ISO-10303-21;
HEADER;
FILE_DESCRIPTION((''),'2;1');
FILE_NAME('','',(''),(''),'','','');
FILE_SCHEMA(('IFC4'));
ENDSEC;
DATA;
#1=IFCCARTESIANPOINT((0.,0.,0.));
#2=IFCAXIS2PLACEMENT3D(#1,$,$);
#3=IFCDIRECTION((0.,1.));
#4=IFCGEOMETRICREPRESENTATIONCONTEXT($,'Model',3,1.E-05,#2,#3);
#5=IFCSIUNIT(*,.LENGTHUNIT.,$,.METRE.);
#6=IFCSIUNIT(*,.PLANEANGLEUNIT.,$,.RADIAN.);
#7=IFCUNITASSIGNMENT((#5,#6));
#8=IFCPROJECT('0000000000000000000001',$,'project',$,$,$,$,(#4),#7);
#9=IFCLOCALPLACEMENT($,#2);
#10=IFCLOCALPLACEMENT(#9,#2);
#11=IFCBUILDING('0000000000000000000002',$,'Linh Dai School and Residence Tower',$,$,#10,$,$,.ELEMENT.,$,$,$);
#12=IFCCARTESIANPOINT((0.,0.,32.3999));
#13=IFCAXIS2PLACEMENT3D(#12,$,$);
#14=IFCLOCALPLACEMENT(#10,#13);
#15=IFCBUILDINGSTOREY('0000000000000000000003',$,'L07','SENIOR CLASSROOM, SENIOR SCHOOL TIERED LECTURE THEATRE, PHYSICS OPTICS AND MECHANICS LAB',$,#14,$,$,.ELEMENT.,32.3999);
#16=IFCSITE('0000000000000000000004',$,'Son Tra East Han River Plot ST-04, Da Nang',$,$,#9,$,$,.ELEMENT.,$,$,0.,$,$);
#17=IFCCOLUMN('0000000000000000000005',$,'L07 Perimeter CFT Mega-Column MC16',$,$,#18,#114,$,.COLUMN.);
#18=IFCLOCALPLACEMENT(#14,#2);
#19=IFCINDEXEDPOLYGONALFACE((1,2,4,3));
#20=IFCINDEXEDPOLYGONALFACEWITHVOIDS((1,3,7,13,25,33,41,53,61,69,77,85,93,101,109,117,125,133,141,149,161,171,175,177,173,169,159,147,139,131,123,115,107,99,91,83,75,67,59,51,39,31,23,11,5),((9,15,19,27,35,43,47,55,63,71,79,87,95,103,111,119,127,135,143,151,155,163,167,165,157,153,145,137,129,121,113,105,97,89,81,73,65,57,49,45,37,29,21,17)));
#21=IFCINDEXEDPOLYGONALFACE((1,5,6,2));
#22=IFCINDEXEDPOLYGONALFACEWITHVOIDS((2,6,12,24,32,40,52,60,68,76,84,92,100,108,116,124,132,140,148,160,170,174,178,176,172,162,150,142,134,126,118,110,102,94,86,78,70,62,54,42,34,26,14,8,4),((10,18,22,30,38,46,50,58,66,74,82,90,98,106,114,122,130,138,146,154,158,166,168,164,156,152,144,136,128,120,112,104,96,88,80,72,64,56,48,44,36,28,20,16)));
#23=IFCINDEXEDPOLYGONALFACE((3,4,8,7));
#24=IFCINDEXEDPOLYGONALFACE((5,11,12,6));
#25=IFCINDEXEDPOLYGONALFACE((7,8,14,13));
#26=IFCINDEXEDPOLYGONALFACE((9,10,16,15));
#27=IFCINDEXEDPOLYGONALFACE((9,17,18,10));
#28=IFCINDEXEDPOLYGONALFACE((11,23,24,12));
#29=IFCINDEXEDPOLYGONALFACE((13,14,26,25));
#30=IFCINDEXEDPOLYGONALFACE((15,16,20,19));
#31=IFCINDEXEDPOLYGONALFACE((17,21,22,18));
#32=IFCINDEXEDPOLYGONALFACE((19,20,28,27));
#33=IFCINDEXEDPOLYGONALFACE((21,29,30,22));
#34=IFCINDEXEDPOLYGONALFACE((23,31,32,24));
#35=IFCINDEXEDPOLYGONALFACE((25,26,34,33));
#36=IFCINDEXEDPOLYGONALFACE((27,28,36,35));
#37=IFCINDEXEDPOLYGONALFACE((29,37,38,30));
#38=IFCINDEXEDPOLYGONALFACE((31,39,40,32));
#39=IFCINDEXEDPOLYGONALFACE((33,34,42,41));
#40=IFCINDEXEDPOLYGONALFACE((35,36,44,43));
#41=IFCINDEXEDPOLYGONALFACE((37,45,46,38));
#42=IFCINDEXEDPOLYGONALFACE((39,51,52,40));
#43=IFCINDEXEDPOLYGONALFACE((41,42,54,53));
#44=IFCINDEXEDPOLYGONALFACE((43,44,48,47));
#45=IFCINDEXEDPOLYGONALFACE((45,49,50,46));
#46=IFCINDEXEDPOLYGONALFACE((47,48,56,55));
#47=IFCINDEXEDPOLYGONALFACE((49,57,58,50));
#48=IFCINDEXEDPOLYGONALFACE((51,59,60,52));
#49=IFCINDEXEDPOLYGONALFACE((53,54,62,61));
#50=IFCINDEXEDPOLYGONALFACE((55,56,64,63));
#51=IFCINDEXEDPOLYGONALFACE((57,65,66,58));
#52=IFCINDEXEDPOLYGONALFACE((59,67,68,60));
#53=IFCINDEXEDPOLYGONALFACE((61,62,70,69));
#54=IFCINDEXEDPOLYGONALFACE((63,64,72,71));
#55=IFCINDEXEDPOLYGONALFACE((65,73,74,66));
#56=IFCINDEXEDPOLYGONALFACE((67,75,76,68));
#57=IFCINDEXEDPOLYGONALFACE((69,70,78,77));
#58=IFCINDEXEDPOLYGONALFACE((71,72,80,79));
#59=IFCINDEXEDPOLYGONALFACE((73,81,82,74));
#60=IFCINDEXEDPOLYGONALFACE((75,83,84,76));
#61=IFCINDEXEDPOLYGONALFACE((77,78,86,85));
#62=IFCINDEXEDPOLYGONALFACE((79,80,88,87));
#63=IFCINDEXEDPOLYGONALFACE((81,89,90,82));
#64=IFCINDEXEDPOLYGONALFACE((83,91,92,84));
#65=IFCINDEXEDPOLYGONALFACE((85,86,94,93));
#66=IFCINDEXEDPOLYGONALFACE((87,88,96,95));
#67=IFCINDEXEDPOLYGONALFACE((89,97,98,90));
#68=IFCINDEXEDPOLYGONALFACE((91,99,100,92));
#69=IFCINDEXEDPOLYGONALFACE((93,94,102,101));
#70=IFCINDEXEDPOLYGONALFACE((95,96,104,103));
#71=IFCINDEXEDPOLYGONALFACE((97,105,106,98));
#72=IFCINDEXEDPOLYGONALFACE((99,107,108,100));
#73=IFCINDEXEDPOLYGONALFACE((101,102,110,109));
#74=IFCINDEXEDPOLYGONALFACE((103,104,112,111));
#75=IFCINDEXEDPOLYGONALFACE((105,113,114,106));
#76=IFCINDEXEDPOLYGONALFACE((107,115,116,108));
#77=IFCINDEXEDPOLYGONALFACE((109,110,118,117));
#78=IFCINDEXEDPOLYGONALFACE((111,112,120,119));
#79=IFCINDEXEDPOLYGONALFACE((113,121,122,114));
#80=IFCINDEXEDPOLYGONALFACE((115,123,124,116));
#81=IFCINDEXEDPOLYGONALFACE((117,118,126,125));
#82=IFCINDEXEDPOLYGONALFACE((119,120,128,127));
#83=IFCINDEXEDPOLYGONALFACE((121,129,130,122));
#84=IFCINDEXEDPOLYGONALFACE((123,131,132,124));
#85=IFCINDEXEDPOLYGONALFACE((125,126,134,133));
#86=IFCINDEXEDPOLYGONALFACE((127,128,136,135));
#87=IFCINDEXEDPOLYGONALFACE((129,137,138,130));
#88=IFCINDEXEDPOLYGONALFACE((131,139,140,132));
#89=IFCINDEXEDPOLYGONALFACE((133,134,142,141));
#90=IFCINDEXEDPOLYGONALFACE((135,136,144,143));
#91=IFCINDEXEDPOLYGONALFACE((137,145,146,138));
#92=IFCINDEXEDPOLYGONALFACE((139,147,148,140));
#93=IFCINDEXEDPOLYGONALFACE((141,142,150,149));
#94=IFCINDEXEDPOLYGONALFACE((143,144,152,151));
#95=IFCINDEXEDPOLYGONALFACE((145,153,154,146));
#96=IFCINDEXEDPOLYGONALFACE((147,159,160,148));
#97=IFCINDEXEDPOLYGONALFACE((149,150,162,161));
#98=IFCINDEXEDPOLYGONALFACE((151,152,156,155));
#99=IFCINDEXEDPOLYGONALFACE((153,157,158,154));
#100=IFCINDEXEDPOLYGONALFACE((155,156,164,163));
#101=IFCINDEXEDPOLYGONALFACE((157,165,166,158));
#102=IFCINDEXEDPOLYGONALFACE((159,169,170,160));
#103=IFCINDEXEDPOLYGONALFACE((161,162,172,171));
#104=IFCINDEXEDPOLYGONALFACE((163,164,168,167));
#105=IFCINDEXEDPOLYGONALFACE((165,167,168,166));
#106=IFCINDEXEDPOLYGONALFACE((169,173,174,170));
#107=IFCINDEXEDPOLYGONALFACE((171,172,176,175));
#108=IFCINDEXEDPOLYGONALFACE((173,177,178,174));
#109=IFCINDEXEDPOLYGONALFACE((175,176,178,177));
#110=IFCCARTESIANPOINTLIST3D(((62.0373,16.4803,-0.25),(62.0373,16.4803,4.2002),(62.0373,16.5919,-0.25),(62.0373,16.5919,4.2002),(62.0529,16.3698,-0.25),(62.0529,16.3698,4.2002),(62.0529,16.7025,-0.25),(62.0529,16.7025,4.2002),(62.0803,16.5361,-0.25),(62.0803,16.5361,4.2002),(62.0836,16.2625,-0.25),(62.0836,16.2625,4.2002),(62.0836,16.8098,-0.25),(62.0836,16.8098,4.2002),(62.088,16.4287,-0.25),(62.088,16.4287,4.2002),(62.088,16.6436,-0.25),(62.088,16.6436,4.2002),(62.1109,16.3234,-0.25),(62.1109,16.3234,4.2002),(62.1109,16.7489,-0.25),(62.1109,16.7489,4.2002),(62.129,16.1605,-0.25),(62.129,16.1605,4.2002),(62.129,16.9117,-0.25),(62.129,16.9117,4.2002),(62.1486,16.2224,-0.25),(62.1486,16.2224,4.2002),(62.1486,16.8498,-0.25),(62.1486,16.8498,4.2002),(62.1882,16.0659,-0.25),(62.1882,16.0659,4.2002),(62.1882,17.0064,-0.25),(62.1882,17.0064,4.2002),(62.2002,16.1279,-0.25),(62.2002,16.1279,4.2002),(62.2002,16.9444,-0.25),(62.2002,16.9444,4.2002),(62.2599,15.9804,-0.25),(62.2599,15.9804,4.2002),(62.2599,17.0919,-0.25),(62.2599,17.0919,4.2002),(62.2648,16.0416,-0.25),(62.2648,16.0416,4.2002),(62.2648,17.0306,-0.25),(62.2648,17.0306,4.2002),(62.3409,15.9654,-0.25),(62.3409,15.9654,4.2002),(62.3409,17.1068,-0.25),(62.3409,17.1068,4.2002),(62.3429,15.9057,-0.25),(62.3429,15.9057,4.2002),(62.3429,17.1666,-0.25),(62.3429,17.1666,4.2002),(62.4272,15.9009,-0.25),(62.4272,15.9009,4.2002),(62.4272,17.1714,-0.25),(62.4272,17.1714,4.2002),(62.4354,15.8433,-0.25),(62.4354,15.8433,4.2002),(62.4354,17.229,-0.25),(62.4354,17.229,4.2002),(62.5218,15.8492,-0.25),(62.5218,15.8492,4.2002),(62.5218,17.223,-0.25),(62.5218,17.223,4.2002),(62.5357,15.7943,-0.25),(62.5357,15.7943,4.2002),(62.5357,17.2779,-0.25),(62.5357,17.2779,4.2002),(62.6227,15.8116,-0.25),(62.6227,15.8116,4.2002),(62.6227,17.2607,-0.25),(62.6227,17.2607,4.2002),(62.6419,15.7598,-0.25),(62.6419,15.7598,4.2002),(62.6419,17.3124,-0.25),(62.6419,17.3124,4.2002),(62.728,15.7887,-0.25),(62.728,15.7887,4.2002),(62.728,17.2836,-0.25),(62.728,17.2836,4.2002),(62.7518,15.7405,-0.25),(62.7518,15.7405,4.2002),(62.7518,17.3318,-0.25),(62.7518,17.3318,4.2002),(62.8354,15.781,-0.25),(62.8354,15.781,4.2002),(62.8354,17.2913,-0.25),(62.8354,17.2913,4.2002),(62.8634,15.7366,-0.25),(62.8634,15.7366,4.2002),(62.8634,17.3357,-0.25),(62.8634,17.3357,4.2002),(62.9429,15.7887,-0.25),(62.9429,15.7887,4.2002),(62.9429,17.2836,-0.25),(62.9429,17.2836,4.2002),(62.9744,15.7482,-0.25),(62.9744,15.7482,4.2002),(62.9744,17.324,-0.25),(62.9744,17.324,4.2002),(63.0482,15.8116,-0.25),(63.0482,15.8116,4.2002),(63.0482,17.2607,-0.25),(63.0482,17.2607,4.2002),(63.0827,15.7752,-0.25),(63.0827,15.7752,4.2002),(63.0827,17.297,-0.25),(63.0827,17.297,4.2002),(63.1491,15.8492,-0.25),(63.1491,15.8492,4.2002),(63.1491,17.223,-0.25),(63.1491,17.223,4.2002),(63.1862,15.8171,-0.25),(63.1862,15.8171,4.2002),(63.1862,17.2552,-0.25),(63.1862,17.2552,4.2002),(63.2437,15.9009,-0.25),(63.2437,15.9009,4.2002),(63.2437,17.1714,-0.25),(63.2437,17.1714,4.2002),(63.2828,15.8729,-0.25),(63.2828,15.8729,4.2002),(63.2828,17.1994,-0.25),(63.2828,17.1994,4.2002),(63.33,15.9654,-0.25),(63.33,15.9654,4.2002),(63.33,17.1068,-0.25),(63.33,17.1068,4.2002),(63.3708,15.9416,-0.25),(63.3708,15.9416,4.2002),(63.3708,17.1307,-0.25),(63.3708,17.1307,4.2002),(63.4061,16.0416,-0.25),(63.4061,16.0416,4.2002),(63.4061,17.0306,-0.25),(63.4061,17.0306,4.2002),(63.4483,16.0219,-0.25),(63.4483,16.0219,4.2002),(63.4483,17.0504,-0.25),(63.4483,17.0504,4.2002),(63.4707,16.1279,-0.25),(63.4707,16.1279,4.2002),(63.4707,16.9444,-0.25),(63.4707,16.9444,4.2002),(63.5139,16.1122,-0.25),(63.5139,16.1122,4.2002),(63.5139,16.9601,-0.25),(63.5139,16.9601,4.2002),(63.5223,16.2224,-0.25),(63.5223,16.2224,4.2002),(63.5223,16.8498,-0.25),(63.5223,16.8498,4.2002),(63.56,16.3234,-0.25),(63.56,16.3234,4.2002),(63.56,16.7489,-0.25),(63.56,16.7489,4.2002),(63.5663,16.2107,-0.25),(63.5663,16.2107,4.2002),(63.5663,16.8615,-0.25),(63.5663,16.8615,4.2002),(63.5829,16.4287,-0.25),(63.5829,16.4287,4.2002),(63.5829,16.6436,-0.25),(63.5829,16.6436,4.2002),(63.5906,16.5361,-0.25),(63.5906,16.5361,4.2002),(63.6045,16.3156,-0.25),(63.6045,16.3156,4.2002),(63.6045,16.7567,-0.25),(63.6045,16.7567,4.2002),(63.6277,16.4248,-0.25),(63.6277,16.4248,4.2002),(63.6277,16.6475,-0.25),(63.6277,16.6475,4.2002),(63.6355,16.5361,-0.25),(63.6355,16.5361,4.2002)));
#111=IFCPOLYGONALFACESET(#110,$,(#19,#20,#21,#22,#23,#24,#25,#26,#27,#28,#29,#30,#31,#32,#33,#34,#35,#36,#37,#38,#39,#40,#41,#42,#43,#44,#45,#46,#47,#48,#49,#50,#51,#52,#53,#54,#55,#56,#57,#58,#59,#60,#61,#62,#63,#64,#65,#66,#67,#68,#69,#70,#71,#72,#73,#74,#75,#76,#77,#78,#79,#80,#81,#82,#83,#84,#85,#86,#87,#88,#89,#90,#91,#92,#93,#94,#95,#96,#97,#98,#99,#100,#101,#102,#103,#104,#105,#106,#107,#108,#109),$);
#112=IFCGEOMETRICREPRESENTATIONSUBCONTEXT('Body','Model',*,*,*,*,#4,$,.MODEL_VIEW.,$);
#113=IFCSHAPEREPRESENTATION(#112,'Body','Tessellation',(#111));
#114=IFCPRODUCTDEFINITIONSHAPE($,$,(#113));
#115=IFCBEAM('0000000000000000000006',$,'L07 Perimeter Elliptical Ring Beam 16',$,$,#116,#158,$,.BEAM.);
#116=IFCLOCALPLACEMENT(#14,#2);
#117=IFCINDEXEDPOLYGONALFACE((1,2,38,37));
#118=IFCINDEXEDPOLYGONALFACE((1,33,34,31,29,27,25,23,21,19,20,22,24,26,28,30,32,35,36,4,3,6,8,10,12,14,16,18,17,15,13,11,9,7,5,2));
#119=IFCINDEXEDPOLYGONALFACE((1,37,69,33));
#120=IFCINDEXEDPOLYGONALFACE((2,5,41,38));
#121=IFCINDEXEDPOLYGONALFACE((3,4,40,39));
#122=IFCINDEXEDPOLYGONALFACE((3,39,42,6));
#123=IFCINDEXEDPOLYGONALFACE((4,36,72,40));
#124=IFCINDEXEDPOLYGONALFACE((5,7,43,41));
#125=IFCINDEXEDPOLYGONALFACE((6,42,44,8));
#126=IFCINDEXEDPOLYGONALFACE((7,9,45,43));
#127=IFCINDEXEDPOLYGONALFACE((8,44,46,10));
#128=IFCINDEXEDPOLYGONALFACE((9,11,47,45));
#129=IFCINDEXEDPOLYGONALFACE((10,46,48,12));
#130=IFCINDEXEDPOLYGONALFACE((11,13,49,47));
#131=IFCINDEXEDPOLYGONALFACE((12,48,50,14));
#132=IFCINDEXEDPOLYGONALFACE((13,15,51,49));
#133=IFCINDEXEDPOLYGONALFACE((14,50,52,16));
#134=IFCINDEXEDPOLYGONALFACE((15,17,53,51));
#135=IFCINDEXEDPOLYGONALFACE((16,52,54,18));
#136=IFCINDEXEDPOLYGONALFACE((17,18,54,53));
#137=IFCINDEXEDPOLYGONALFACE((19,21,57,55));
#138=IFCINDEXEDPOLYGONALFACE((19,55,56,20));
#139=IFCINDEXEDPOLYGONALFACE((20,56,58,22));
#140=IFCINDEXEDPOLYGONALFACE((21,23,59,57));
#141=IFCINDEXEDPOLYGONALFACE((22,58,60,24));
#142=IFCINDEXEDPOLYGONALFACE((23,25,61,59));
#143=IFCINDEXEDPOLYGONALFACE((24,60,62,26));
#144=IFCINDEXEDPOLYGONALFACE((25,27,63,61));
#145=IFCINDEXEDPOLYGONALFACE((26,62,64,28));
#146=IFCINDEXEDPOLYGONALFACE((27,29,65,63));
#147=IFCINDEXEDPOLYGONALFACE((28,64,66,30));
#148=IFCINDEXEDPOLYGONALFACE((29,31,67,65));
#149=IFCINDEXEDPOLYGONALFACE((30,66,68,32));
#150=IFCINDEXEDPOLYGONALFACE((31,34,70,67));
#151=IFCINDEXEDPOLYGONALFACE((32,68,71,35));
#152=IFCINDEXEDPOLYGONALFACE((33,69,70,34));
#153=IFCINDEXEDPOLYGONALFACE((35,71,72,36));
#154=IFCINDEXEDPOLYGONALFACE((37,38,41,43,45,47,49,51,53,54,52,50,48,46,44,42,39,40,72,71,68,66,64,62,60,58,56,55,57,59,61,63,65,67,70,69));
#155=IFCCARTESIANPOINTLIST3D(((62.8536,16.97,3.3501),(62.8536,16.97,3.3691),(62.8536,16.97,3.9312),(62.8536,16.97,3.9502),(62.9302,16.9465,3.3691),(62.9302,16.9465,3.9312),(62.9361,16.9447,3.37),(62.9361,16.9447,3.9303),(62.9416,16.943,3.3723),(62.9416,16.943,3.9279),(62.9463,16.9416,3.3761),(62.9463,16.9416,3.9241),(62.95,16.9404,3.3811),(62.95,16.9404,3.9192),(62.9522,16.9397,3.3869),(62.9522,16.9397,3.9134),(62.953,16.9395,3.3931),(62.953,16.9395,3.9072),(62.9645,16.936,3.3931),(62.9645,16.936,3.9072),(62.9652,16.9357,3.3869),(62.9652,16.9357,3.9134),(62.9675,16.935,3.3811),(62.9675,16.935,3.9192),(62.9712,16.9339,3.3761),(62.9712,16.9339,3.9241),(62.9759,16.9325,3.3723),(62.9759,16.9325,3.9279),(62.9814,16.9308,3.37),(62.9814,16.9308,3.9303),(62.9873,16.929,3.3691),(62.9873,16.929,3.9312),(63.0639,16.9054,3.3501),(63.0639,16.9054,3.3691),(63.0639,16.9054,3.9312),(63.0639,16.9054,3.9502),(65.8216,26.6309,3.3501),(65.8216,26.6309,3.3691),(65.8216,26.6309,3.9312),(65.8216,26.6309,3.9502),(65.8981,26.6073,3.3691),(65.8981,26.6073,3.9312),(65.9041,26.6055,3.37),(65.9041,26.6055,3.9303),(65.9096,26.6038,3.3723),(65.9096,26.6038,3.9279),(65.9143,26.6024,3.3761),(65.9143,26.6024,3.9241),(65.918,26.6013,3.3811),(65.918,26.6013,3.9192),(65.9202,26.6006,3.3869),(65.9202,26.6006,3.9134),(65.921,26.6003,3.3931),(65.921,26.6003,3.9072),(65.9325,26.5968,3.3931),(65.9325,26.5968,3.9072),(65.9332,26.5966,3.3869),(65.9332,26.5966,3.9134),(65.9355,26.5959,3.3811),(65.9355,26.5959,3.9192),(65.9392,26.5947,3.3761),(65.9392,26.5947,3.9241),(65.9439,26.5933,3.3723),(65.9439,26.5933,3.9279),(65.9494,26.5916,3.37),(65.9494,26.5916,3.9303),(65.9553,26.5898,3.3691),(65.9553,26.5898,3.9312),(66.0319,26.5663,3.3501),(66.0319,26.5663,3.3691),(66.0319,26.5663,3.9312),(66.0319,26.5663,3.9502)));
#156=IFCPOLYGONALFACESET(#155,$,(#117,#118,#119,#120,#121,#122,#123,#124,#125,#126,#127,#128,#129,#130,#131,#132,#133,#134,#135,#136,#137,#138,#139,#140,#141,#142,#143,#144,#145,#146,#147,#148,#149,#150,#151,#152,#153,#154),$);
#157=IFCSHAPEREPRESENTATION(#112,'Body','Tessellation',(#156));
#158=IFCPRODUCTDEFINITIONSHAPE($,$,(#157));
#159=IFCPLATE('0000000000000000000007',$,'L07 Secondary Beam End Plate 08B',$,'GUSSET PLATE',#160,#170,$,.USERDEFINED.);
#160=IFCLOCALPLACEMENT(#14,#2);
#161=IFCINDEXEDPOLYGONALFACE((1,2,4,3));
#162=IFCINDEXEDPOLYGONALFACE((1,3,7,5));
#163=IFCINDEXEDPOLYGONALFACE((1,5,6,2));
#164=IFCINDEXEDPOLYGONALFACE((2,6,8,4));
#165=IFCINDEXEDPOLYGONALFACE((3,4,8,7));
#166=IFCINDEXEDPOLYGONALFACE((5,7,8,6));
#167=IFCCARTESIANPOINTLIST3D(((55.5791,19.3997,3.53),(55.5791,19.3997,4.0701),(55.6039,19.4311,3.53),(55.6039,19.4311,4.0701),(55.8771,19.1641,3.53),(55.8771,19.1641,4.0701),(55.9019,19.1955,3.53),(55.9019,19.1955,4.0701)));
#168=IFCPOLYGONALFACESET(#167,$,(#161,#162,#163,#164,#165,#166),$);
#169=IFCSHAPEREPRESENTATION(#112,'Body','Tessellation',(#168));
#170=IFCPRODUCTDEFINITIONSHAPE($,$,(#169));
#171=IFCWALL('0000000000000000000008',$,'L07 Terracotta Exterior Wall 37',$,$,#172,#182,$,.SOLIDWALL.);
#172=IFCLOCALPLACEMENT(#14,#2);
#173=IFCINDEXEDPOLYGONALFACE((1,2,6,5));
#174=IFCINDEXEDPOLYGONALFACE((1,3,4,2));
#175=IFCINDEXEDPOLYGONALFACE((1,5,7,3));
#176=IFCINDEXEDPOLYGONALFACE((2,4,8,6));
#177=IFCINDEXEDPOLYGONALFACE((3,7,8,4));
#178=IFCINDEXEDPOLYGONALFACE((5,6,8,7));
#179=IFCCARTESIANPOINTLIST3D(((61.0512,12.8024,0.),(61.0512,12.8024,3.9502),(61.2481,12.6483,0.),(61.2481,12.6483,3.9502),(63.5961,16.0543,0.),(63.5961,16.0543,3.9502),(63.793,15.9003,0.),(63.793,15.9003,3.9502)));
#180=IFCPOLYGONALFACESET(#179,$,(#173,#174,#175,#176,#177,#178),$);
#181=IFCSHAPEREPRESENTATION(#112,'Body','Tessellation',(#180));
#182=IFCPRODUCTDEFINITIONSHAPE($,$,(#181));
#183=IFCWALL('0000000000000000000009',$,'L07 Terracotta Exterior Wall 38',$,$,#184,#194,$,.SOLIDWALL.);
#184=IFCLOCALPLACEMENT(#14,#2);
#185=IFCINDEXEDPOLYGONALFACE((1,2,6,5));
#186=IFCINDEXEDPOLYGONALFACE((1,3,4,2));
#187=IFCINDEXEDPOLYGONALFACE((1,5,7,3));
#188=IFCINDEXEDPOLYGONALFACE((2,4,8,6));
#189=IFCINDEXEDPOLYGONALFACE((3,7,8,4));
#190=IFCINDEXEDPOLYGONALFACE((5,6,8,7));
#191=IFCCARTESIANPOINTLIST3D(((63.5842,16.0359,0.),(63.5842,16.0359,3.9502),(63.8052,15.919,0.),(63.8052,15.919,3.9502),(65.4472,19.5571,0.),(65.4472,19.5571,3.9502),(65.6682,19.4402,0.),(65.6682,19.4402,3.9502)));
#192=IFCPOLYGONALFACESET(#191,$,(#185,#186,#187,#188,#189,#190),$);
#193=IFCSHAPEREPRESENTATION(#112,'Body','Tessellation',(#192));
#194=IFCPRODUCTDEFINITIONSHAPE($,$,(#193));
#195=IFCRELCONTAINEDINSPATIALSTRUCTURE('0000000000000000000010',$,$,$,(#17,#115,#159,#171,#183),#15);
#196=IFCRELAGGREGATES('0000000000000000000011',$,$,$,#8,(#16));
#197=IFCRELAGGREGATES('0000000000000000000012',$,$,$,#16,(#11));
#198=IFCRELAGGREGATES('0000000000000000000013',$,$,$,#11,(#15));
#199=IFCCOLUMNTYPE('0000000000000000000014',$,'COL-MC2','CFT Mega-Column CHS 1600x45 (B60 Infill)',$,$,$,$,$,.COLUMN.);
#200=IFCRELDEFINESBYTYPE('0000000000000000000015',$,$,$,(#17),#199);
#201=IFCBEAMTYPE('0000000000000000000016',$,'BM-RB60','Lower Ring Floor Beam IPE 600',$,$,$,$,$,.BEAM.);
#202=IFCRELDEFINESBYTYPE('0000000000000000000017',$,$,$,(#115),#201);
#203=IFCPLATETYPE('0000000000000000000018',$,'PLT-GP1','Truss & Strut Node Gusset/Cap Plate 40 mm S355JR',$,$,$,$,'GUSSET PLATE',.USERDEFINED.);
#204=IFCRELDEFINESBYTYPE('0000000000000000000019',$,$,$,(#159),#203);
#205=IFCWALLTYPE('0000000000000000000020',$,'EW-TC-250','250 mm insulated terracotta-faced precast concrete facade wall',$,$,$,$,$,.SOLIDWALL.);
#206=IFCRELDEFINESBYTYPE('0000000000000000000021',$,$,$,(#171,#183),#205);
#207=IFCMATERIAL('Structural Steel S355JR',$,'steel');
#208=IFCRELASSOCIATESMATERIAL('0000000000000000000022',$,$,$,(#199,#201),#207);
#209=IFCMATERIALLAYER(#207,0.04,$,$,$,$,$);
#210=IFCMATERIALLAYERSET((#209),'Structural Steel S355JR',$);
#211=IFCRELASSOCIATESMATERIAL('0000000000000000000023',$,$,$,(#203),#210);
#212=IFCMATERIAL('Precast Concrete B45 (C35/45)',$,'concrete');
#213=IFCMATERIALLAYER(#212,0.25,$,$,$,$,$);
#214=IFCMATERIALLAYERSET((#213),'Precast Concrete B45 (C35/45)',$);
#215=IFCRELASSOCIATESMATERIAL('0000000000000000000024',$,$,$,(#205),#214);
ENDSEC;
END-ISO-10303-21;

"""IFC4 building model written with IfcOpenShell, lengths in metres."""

from ifc_helpers import new_model, si_unit, direction, frame, frame_2d, origin, origin_2d, place, context, subcontext, project, spatial, rectangle, hollow_circle, i_section, extrude, source, transform, mapped, material, layer, layer_set, material_profile, profile_set, type_object, element, save


model = new_model("IFC4")

# Units and contexts
model_context = context("Model", 3, precision=1e-05, world=origin(), true_north=direction((0.0, 1.0)))
body_context = subcontext(model_context, "Body", "Model", "MODEL_VIEW")
ifc_project = project(units=[si_unit("LENGTHUNIT", "METRE"), si_unit("PLANEANGLEUNIT", "RADIAN")], contexts=[model_context])

# Site, building, storey
site_placement = place(None, origin())
site = spatial("IfcSite", under=ifc_project, at=site_placement, Name="Son Tra East Han River Plot ST-04, Da Nang", CompositionType="ELEMENT", RefElevation=0.0)
building_placement = place(site_placement, origin())
building = spatial("IfcBuilding", under=site, at=building_placement, Name="Linh Dai School and Residence Tower", CompositionType="ELEMENT")
storey_placement = place(building_placement, frame((0.0, 0.0, 32.3999)))
storey = spatial("IfcBuildingStorey", under=building, at=storey_placement, Name="L07", Description="SENIOR CLASSROOM, SENIOR SCHOOL TIERED LECTURE THEATRE, PHYSICS OPTICS AND MECHANICS LAB", CompositionType="ELEMENT", Elevation=32.3999)

# Column
ifc_material_1 = material(Name="Structural Steel S355JR", Category="steel")
ifc_material_profile_1 = material_profile(ifc_material_1, hollow_circle(Radius=0.8, WallThickness=0.0449, at=origin_2d()), Name="CHS 1600x45")
ifc_profile_set_1 = profile_set([ifc_material_profile_1], Name="Structural Steel S355JR")
column_type_1 = type_object("IfcColumnType", Name="COL-MC2", Description="CFT Mega-Column CHS 1600x45 (B60 Infill)", PredefinedType="COLUMN", material=ifc_profile_set_1)
column_placement = place(storey_placement, frame((62.8354, 16.5361, -0.25), z_axis=(0.0, 0.0, 1.0), x_axis=(1.0, 0.0, 0.0)))
element("IfcColumn", 1, at=column_placement, inside=storey, type_object=column_type_1, Name="L07 Perimeter CFT Mega-Column MC16", PredefinedType="COLUMN", context=body_context, shape_type="SweptSolid", body=[
    extrude(hollow_circle(Radius=0.8, WallThickness=0.0449, at=origin_2d()), origin(), (0.0, 0.0, 1.0), 4.4502),
])

# Beam
ifc_material_profile_2 = material_profile(ifc_material_1, i_section(OverallWidth=0.22, OverallDepth=0.6001, WebThickness=0.012, FlangeThickness=0.019, FilletRadius=0.0239, at=origin_2d()), Name="IPE 600")
ifc_profile_set_2 = profile_set([ifc_material_profile_2], Name="Structural Steel S355JR")
beam_type = type_object("IfcBeamType", Name="BM-RB60", Description="Lower Ring Floor Beam IPE 600", PredefinedType="BEAM", material=ifc_profile_set_2)
beam_placement = place(storey_placement, frame((62.9587, 16.9377, 3.6501), z_axis=(0.293673, 0.955906, 0.0), x_axis=(-0.955906, 0.293673, 0.0)))
element("IfcBeam", 2, at=beam_placement, inside=storey, type_object=beam_type, Name="L07 Perimeter Elliptical Ring Beam 16", PredefinedType="BEAM", context=body_context, shape_type="SweptSolid", body=[
    extrude(i_section(OverallWidth=0.22, OverallDepth=0.6001, WebThickness=0.012, FlangeThickness=0.019, FilletRadius=0.0239, at=origin_2d()), origin(), (0.0, 0.0, 1.0), 10.1064),
])

# Plate
ifc_layer_1 = layer(ifc_material_1, 0.04)
ifc_layer_set_1 = layer_set([ifc_layer_1], Name="Structural Steel S355JR")
plate_type = type_object("IfcPlateType", Name="PLT-GP1", Description="Truss & Strut Node Gusset/Cap Plate 40 mm S355JR", ElementType="GUSSET PLATE", PredefinedType="USERDEFINED", material=ifc_layer_set_1)
shared_shape_1 = source(origin(), body_context, "Body", "SweptSolid", [
    extrude(rectangle(XDim=0.04, YDim=0.3799, at=origin_2d()), origin(), (0.0, 0.0, 1.0), 0.54),
])
plate_placement = place(storey_placement, frame((55.7405, 19.2976, 3.53), z_axis=(0.0, 0.0, 1.0), x_axis=(0.620178, 0.784461, 0.0)))
element("IfcPlate", 3, at=plate_placement, inside=storey, type_object=plate_type, Name="L07 Secondary Beam End Plate 08B", ObjectType="GUSSET PLATE", PredefinedType="USERDEFINED", context=body_context, shape_type="MappedRepresentation", body=[
    mapped(shared_shape_1, transform((0.0, 0.0, 0.0), x_axis=(1.0, 0.0, 0.0), y_axis=(0.0, 1.0, 0.0), z_axis=(0.0, 0.0, 1.0), scale=1.0)),
])

# Walls
ifc_material_2 = material(Name="Precast Concrete B45 (C35/45)", Category="concrete")
ifc_layer_2 = layer(ifc_material_2, 0.25)
ifc_layer_set_2 = layer_set([ifc_layer_2], Name="Precast Concrete B45 (C35/45)")
wall_type_1 = type_object("IfcWallType", Name="EW-TC-250", Description="250 mm insulated terracotta-faced precast concrete facade wall", PredefinedType="SOLIDWALL", material=ifc_layer_set_2)
wall_1_placement = place(storey_placement, frame((63.6946, 15.9773, 0.0), z_axis=(0.0, 0.0, 1.0), x_axis=(-0.616296, -0.787515, 0.0)))
element("IfcWall", 4, at=wall_1_placement, inside=storey, type_object=wall_type_1, Name="L07 Terracotta Exterior Wall 37", PredefinedType="SOLIDWALL", context=body_context, shape_type="SweptSolid", body=[
    extrude(rectangle(XDim=4.1294, YDim=0.25, at=frame_2d((2.0647, 0.0))), origin(), (0.0, 0.0, 1.0), 3.9502),
])
wall_2_placement = place(storey_placement, frame((65.5576, 19.4985, 0.0), z_axis=(0.0, 0.0, 1.0), x_axis=(-0.467662, -0.883907, 0.0)))
element("IfcWall", 5, at=wall_2_placement, inside=storey, type_object=wall_type_1, Name="L07 Terracotta Exterior Wall 38", PredefinedType="SOLIDWALL", context=body_context, shape_type="SweptSolid", body=[
    extrude(rectangle(XDim=3.9836, YDim=0.25, at=frame_2d((1.9917, 0.0))), origin(), (0.0, 0.0, 1.0), 3.9502),
])

save(model, "model.ifc")
